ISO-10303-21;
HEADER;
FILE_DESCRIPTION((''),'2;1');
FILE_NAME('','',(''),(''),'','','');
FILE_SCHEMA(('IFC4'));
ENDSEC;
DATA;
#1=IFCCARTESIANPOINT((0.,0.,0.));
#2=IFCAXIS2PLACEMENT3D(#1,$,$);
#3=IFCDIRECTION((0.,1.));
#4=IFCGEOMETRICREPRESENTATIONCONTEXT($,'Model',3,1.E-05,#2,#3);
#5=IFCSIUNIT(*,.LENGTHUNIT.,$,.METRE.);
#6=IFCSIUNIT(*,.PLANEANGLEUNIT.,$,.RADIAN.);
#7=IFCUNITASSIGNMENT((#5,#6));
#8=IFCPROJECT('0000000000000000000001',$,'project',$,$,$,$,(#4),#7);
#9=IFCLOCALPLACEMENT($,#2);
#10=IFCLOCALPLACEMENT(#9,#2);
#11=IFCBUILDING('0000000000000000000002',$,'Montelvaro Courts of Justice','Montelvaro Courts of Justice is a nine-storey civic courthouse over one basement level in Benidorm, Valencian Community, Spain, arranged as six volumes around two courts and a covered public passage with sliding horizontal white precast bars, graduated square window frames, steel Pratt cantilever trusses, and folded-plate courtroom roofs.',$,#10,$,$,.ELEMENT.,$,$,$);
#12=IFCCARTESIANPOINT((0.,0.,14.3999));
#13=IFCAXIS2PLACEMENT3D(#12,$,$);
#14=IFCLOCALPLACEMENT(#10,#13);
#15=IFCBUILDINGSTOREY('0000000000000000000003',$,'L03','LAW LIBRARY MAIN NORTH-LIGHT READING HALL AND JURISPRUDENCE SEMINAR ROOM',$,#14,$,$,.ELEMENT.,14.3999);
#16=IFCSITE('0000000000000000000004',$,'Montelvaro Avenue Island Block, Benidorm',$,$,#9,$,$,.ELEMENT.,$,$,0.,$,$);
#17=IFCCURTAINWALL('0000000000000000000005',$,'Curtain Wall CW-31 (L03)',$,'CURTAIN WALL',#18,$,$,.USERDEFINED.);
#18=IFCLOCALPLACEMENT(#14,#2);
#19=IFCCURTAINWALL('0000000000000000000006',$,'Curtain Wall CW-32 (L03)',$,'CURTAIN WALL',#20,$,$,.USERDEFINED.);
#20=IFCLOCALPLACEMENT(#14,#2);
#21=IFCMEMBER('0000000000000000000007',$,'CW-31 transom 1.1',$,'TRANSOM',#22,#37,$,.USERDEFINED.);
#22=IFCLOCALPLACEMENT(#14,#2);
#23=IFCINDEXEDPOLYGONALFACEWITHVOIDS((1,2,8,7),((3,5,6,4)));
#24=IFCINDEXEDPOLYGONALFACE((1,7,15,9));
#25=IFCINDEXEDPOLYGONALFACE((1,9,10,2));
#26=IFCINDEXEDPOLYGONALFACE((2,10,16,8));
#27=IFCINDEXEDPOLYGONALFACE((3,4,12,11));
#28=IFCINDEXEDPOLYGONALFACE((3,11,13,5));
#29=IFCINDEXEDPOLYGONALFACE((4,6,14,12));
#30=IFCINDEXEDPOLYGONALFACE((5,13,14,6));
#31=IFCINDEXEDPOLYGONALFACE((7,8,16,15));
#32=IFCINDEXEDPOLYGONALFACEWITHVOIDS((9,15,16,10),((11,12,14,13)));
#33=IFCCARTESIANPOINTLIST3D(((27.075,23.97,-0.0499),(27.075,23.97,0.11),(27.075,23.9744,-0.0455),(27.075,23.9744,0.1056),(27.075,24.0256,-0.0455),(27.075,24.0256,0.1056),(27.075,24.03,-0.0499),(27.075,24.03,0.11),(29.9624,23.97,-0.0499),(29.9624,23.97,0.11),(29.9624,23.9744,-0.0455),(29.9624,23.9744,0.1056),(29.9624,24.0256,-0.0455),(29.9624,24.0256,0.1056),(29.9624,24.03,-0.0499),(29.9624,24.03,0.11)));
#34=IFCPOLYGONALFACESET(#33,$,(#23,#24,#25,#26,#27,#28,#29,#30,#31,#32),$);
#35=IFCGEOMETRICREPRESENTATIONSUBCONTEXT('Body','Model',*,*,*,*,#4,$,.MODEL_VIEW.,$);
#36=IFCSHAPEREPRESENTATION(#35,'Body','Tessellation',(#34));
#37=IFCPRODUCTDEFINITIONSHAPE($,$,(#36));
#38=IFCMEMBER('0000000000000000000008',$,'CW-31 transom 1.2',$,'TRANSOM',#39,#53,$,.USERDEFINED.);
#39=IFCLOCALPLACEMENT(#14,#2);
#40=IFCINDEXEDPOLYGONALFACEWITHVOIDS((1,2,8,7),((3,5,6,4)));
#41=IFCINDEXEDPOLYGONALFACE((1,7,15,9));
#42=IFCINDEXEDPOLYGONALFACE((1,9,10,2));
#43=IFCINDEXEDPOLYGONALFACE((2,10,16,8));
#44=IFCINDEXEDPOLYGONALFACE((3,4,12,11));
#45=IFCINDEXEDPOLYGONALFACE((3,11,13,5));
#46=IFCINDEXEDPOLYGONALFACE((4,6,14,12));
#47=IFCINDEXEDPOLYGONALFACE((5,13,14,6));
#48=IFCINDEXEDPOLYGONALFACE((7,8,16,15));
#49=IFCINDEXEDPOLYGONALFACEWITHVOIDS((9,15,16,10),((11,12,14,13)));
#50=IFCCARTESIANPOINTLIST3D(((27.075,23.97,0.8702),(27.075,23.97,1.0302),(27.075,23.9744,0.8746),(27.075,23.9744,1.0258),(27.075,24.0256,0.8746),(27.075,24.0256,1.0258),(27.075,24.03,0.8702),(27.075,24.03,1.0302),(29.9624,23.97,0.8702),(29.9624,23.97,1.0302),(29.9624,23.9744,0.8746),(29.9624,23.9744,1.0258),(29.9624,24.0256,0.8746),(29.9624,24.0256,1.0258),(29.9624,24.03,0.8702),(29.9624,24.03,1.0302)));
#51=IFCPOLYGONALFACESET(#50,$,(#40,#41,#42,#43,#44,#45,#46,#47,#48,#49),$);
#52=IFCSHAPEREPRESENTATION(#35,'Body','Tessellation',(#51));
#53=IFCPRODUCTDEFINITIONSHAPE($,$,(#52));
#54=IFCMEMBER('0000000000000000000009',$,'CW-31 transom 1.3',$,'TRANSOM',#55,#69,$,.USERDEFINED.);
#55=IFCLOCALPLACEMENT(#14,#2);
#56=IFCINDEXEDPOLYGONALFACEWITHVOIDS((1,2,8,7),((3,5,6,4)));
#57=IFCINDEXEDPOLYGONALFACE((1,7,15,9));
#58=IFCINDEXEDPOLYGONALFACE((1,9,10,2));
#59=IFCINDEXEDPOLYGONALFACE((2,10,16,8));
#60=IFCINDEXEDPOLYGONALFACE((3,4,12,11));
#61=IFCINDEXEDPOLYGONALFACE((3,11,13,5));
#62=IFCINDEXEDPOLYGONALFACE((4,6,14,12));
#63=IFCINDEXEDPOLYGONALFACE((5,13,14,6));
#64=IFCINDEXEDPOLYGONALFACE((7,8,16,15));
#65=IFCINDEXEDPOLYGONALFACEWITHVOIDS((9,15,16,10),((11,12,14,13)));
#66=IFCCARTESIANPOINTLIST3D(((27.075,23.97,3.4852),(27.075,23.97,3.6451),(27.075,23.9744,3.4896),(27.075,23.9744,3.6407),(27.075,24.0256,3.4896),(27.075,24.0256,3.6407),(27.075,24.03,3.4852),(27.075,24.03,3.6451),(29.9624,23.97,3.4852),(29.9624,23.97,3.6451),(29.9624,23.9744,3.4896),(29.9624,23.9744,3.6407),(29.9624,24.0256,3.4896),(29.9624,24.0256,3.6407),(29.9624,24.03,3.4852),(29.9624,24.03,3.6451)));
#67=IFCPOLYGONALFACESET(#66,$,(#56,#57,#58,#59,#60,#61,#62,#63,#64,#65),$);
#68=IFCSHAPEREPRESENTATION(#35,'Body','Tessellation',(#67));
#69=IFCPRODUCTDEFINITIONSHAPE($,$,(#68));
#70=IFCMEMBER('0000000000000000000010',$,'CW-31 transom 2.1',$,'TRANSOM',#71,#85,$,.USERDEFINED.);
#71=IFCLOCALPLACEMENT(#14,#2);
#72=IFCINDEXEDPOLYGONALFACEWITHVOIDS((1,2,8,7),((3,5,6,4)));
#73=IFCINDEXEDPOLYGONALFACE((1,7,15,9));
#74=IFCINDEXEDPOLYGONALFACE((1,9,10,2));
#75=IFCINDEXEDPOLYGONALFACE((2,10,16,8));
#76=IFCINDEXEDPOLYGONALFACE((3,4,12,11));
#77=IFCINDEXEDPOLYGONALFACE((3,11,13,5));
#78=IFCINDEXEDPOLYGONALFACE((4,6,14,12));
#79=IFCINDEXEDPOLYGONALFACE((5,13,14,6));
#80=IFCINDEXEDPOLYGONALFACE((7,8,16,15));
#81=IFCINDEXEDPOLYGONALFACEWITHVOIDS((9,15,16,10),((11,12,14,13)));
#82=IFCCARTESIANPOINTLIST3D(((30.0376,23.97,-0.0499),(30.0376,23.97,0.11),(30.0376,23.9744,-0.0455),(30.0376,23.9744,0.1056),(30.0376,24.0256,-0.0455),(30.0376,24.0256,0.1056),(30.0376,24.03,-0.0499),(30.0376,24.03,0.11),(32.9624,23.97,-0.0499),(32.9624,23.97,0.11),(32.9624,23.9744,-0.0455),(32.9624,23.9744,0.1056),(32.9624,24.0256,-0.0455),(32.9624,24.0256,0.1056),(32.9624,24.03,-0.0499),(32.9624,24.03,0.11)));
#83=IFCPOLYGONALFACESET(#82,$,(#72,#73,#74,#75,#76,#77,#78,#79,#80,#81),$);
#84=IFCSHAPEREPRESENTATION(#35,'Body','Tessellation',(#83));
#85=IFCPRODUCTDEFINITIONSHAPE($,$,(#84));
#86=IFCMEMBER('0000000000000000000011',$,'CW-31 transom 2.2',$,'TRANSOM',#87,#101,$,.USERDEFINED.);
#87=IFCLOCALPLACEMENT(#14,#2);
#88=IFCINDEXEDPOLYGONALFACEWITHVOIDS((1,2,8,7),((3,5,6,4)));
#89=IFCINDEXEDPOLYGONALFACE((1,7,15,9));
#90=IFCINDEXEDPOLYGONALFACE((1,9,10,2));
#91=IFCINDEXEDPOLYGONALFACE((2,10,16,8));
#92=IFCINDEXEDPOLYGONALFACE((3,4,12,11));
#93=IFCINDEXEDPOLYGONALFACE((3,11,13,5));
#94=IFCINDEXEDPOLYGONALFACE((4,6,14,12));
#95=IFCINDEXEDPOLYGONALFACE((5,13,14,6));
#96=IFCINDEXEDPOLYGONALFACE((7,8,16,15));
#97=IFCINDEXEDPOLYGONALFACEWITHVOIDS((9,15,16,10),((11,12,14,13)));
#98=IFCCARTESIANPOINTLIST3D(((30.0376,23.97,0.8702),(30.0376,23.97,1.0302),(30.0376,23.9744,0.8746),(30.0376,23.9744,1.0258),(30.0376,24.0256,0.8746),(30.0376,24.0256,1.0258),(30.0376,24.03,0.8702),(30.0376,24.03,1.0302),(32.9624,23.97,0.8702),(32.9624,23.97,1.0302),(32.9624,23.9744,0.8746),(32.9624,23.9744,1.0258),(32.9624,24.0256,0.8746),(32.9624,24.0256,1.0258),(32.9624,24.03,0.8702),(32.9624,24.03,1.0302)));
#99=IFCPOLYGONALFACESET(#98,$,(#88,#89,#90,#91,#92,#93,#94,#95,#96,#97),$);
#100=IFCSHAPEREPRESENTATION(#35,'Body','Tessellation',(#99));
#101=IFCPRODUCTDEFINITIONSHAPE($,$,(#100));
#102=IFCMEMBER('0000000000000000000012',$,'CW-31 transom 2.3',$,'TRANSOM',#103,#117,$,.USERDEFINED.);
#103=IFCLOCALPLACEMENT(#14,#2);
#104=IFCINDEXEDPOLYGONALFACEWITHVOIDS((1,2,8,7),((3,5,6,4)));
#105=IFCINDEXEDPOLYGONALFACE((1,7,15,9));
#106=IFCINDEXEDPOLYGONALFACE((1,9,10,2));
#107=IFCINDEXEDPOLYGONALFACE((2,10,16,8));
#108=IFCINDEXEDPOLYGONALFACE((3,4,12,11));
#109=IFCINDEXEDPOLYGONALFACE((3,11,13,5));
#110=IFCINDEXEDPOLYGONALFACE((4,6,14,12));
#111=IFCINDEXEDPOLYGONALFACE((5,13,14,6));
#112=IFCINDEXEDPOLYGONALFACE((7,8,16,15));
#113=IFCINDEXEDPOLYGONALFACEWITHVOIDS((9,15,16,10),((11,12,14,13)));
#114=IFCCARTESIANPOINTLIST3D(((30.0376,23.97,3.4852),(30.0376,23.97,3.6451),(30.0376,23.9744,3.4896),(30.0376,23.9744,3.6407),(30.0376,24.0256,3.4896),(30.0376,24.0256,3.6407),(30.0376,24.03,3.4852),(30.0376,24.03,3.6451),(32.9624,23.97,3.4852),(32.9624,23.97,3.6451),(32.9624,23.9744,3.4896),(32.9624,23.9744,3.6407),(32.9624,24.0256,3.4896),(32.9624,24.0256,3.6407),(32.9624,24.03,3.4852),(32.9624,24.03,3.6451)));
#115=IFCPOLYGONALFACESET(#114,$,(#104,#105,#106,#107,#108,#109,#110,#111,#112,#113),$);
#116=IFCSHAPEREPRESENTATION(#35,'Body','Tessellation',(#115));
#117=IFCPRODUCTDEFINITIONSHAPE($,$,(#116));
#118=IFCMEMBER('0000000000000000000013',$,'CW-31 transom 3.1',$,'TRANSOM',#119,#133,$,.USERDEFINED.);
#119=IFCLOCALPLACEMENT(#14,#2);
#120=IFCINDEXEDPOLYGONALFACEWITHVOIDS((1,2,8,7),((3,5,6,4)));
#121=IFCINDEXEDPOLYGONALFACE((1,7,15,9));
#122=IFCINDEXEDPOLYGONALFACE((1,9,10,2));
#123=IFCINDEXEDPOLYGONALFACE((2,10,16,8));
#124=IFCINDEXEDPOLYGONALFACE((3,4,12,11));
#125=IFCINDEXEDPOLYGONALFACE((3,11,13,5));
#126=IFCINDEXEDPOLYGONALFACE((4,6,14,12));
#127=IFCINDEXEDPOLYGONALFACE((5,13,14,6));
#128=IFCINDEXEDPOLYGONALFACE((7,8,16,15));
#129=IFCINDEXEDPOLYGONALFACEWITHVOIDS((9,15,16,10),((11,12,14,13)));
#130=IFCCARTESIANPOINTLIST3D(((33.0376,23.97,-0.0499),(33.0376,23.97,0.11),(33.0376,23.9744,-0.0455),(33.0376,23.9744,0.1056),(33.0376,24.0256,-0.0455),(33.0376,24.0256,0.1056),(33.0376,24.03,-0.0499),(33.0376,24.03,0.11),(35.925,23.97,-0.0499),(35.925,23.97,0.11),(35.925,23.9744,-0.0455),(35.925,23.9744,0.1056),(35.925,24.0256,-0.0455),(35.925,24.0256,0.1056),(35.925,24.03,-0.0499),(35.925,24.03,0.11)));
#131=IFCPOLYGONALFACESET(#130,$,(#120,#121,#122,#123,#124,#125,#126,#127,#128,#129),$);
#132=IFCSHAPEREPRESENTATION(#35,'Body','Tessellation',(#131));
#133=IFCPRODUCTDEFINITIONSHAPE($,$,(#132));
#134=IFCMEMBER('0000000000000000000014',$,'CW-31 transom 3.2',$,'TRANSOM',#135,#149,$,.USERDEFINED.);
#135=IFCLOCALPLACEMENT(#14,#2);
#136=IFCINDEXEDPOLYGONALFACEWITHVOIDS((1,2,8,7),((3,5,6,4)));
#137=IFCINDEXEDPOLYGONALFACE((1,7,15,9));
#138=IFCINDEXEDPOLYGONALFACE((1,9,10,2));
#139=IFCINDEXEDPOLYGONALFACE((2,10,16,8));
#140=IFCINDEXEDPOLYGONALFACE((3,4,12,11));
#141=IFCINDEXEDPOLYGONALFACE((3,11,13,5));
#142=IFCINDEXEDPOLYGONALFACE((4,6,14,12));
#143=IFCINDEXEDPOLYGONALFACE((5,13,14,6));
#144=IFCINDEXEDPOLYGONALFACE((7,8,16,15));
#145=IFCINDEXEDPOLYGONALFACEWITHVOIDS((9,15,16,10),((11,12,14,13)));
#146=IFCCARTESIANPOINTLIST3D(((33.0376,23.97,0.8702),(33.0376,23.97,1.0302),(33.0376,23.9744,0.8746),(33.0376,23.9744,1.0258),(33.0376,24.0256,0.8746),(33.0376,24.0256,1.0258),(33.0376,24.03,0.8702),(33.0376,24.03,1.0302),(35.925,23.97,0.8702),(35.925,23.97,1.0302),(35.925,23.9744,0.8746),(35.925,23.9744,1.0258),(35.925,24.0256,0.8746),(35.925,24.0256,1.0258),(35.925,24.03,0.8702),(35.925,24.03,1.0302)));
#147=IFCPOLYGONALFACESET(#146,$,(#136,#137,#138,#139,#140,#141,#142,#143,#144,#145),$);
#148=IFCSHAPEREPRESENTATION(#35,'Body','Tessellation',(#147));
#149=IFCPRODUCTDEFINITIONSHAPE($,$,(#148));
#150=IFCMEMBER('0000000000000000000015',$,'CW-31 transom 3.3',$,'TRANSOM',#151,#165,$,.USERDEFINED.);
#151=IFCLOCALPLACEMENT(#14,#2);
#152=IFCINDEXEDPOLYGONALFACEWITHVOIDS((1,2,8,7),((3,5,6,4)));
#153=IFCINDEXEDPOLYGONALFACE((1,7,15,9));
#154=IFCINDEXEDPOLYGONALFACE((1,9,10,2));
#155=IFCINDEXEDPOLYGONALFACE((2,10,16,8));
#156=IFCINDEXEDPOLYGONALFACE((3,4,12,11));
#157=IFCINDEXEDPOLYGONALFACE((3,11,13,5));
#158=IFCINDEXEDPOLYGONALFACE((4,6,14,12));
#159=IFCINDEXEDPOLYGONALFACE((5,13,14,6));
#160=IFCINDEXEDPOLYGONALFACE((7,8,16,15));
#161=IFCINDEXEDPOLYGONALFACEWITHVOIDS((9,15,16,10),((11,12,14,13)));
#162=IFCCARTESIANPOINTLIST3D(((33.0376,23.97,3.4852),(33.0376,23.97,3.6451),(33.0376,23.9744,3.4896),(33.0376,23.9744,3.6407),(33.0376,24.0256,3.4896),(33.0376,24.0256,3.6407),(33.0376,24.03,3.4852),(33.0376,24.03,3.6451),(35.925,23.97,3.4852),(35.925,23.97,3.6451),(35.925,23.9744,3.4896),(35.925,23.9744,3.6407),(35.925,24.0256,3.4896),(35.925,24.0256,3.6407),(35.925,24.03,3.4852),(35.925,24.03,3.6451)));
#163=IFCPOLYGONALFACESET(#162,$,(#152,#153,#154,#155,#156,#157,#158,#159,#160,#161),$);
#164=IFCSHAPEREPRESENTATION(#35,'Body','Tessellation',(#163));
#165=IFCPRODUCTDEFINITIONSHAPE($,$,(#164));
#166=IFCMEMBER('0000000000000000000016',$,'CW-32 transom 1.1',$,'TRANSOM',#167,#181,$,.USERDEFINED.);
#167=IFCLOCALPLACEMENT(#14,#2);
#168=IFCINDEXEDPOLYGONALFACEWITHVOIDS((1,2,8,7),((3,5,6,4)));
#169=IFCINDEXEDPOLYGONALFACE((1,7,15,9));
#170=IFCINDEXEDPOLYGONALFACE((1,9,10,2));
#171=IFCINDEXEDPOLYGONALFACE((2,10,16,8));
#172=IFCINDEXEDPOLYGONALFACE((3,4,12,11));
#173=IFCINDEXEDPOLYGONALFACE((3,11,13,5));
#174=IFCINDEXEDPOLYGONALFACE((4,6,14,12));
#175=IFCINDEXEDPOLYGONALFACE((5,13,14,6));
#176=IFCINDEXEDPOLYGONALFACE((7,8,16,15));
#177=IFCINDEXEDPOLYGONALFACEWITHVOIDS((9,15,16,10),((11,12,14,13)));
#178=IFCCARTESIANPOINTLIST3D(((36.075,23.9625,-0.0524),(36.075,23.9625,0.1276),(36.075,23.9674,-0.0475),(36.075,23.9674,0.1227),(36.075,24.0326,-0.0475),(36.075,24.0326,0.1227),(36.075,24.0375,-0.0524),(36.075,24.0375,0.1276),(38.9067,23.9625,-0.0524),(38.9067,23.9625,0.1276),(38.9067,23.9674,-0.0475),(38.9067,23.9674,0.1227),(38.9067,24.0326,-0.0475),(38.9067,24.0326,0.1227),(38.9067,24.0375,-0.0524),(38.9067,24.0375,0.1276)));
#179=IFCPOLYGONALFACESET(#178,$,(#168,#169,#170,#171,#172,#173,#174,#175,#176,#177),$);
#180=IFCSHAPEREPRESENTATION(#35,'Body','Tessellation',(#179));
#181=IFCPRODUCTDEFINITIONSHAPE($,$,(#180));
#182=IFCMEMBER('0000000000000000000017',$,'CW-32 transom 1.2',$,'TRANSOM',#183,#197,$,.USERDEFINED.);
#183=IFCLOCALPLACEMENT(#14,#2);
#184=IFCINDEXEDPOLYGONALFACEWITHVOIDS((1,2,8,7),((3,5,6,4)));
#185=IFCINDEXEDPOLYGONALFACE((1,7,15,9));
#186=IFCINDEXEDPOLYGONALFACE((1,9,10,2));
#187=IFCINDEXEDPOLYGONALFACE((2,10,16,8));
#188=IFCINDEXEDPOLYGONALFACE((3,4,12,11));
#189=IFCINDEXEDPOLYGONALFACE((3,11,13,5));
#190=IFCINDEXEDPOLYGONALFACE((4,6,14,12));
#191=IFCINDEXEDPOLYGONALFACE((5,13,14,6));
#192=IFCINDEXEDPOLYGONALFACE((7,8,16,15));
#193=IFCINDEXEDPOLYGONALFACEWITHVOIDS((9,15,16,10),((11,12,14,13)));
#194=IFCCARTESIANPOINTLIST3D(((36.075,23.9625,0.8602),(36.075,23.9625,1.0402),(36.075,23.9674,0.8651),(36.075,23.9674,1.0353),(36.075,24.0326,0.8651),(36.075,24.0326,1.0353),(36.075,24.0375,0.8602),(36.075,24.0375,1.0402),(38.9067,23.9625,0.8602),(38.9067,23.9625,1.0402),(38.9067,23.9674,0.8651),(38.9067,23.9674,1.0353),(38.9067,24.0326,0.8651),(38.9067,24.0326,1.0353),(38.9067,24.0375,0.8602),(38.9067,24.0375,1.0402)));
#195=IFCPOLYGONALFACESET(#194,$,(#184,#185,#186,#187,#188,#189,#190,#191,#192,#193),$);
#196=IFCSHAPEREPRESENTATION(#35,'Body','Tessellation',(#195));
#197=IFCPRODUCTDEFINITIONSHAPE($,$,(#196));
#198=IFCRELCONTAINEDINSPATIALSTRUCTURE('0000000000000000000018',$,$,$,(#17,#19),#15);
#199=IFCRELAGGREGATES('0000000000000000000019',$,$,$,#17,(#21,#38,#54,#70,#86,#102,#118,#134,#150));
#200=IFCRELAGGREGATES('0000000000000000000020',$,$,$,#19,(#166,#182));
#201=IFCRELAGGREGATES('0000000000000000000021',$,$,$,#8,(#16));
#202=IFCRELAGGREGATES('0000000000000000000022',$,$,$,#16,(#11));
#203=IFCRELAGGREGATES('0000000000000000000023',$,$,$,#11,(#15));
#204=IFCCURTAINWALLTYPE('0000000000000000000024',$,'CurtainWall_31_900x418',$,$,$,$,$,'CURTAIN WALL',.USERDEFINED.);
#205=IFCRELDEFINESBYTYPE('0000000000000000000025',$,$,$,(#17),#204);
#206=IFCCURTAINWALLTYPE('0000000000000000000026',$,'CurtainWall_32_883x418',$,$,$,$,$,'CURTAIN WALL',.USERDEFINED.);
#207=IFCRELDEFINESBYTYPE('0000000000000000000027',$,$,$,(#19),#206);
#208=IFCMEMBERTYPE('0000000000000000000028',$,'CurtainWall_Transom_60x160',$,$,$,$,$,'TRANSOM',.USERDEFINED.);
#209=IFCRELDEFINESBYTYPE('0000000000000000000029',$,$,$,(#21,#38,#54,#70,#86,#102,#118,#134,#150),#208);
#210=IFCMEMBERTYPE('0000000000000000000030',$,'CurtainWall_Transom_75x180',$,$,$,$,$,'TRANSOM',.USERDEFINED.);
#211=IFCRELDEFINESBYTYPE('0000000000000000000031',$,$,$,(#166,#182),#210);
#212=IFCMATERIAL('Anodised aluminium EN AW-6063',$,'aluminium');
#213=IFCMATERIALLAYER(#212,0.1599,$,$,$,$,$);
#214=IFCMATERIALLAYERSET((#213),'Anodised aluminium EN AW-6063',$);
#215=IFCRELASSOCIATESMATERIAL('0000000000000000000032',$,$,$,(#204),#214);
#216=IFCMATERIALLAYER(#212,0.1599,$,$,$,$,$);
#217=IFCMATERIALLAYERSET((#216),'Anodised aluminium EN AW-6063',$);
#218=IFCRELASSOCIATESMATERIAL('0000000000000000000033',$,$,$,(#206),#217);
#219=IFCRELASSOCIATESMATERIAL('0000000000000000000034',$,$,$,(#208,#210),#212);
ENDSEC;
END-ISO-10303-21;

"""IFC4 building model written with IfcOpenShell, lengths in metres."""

from ifc_helpers import new_model, si_unit, direction, frame, origin, origin_2d, place, context, subcontext, project, spatial, hollow_rectangle, extrude, material, layer, layer_set, material_profile, profile_set, type_object, element, aggregate, save


model = new_model("IFC4")

# Units and contexts
model_context = context("Model", 3, precision=1e-05, world=origin(), true_north=direction((0.0, 1.0)))
body_context = subcontext(model_context, "Body", "Model", "MODEL_VIEW")
ifc_project = project(units=[si_unit("LENGTHUNIT", "METRE"), si_unit("PLANEANGLEUNIT", "RADIAN")], contexts=[model_context])

# Site, building, storey
site_placement = place(None, origin())
site = spatial("IfcSite", under=ifc_project, at=site_placement, Name="Montelvaro Avenue Island Block, Benidorm", CompositionType="ELEMENT", RefElevation=0.0)
building_placement = place(site_placement, origin())
building = spatial("IfcBuilding", under=site, at=building_placement, Name="Montelvaro Courts of Justice", Description="Montelvaro Courts of Justice is a nine-storey civic courthouse over one basement level in Benidorm, Valencian Community, Spain, arranged as six volumes around two courts and a covered public passage with sliding horizontal white precast bars, graduated square window frames, steel Pratt cantilever trusses, and folded-plate courtroom roofs.", CompositionType="ELEMENT")
storey_placement = place(building_placement, frame((0.0, 0.0, 14.3999)))
storey = spatial("IfcBuildingStorey", under=building, at=storey_placement, Name="L03", Description="LAW LIBRARY MAIN NORTH-LIGHT READING HALL AND JURISPRUDENCE SEMINAR ROOM", CompositionType="ELEMENT", Elevation=14.3999)

# Shared definitions
ifc_material_1 = material(Name="Anodised aluminium EN AW-6063", Category="aluminium")

# Curtain walls
ifc_layer_1 = layer(ifc_material_1, 0.1599)
ifc_layer_set_1 = layer_set([ifc_layer_1], Name="Anodised aluminium EN AW-6063")
curtain_wall_type_1 = type_object("IfcCurtainWallType", Name="CurtainWall_31_900x418", ElementType="CURTAIN WALL", PredefinedType="USERDEFINED", material=ifc_layer_set_1)
curtain_wall_1_placement = place(storey_placement, origin())
curtain_wall_1 = element("IfcCurtainWall", 1, at=curtain_wall_1_placement, inside=storey, type_object=curtain_wall_type_1, Name="Curtain Wall CW-31 (L03)", ObjectType="CURTAIN WALL", PredefinedType="USERDEFINED")
ifc_layer_2 = layer(ifc_material_1, 0.1599)
ifc_layer_set_2 = layer_set([ifc_layer_2], Name="Anodised aluminium EN AW-6063")
curtain_wall_type_2 = type_object("IfcCurtainWallType", Name="CurtainWall_32_883x418", ElementType="CURTAIN WALL", PredefinedType="USERDEFINED", material=ifc_layer_set_2)
curtain_wall_2_placement = place(storey_placement, origin())
curtain_wall_2 = element("IfcCurtainWall", 2, at=curtain_wall_2_placement, inside=storey, type_object=curtain_wall_type_2, Name="Curtain Wall CW-32 (L03)", ObjectType="CURTAIN WALL", PredefinedType="USERDEFINED")

# Members
ifc_material_profile_1 = material_profile(ifc_material_1, hollow_rectangle(XDim=0.0601, YDim=0.1599, WallThickness=0.0044, at=origin_2d()), Name="ALU-T 60x160")
ifc_profile_set_1 = profile_set([ifc_material_profile_1], Name="Anodised aluminium EN AW-6063")
member_type_1 = type_object("IfcMemberType", Name="CurtainWall_Transom_60x160", ElementType="TRANSOM", PredefinedType="USERDEFINED", material=ifc_profile_set_1)
member_1_placement = place(storey_placement, frame((27.075, 24.0, 0.03), z_axis=(1.0, 0.0, 0.0), x_axis=(0.0, 1.0, 0.0)))
member_1 = element("IfcMember", 3, at=member_1_placement, type_object=member_type_1, Name="CW-31 transom 1.1", ObjectType="TRANSOM", PredefinedType="USERDEFINED", context=body_context, shape_type="SweptSolid", body=[
    extrude(hollow_rectangle(XDim=0.0601, YDim=0.1599, WallThickness=0.0044, at=origin_2d()), origin(), (0.0, 0.0, 1.0), 2.8875),
])
member_2_placement = place(storey_placement, frame((27.075, 24.0, 0.9502), z_axis=(1.0, 0.0, 0.0), x_axis=(0.0, 1.0, 0.0)))
member_2 = element("IfcMember", 4, at=member_2_placement, type_object=member_type_1, Name="CW-31 transom 1.2", ObjectType="TRANSOM", PredefinedType="USERDEFINED", context=body_context, shape_type="SweptSolid", body=[
    extrude(hollow_rectangle(XDim=0.0601, YDim=0.1599, WallThickness=0.0044, at=origin_2d()), origin(), (0.0, 0.0, 1.0), 2.8875),
])
member_3_placement = place(storey_placement, frame((27.075, 24.0, 3.5652), z_axis=(1.0, 0.0, 0.0), x_axis=(0.0, 1.0, 0.0)))
member_3 = element("IfcMember", 5, at=member_3_placement, type_object=member_type_1, Name="CW-31 transom 1.3", ObjectType="TRANSOM", PredefinedType="USERDEFINED", context=body_context, shape_type="SweptSolid", body=[
    extrude(hollow_rectangle(XDim=0.0601, YDim=0.1599, WallThickness=0.0044, at=origin_2d()), origin(), (0.0, 0.0, 1.0), 2.8875),
])
member_4_placement = place(storey_placement, frame((30.0376, 24.0, 0.03), z_axis=(1.0, 0.0, 0.0), x_axis=(0.0, 1.0, 0.0)))
member_4 = element("IfcMember", 6, at=member_4_placement, type_object=member_type_1, Name="CW-31 transom 2.1", ObjectType="TRANSOM", PredefinedType="USERDEFINED", context=body_context, shape_type="SweptSolid", body=[
    extrude(hollow_rectangle(XDim=0.0601, YDim=0.1599, WallThickness=0.0044, at=origin_2d()), origin(), (0.0, 0.0, 1.0), 2.9248),
])
member_5_placement = place(storey_placement, frame((30.0376, 24.0, 0.9502), z_axis=(1.0, 0.0, 0.0), x_axis=(0.0, 1.0, 0.0)))
member_5 = element("IfcMember", 7, at=member_5_placement, type_object=member_type_1, Name="CW-31 transom 2.2", ObjectType="TRANSOM", PredefinedType="USERDEFINED", context=body_context, shape_type="SweptSolid", body=[
    extrude(hollow_rectangle(XDim=0.0601, YDim=0.1599, WallThickness=0.0044, at=origin_2d()), origin(), (0.0, 0.0, 1.0), 2.9248),
])
member_6_placement = place(storey_placement, frame((30.0376, 24.0, 3.5652), z_axis=(1.0, 0.0, 0.0), x_axis=(0.0, 1.0, 0.0)))
member_6 = element("IfcMember", 8, at=member_6_placement, type_object=member_type_1, Name="CW-31 transom 2.3", ObjectType="TRANSOM", PredefinedType="USERDEFINED", context=body_context, shape_type="SweptSolid", body=[
    extrude(hollow_rectangle(XDim=0.0601, YDim=0.1599, WallThickness=0.0044, at=origin_2d()), origin(), (0.0, 0.0, 1.0), 2.9248),
])
member_7_placement = place(storey_placement, frame((33.0376, 24.0, 0.03), z_axis=(1.0, 0.0, 0.0), x_axis=(0.0, 1.0, 0.0)))
member_7 = element("IfcMember", 9, at=member_7_placement, type_object=member_type_1, Name="CW-31 transom 3.1", ObjectType="TRANSOM", PredefinedType="USERDEFINED", context=body_context, shape_type="SweptSolid", body=[
    extrude(hollow_rectangle(XDim=0.0601, YDim=0.1599, WallThickness=0.0044, at=origin_2d()), origin(), (0.0, 0.0, 1.0), 2.8875),
])
member_8_placement = place(storey_placement, frame((33.0376, 24.0, 0.9502), z_axis=(1.0, 0.0, 0.0), x_axis=(0.0, 1.0, 0.0)))
member_8 = element("IfcMember", 10, at=member_8_placement, type_object=member_type_1, Name="CW-31 transom 3.2", ObjectType="TRANSOM", PredefinedType="USERDEFINED", context=body_context, shape_type="SweptSolid", body=[
    extrude(hollow_rectangle(XDim=0.0601, YDim=0.1599, WallThickness=0.0044, at=origin_2d()), origin(), (0.0, 0.0, 1.0), 2.8875),
])
member_9_placement = place(storey_placement, frame((33.0376, 24.0, 3.5652), z_axis=(1.0, 0.0, 0.0), x_axis=(0.0, 1.0, 0.0)))
member_9 = element("IfcMember", 11, at=member_9_placement, type_object=member_type_1, Name="CW-31 transom 3.3", ObjectType="TRANSOM", PredefinedType="USERDEFINED", context=body_context, shape_type="SweptSolid", body=[
    extrude(hollow_rectangle(XDim=0.0601, YDim=0.1599, WallThickness=0.0044, at=origin_2d()), origin(), (0.0, 0.0, 1.0), 2.8875),
])
ifc_material_profile_2 = material_profile(ifc_material_1, hollow_rectangle(XDim=0.075, YDim=0.1799, WallThickness=0.0049, at=origin_2d()), Name="ALU-T 75x180")
ifc_profile_set_2 = profile_set([ifc_material_profile_2], Name="Anodised aluminium EN AW-6063")
member_type_2 = type_object("IfcMemberType", Name="CurtainWall_Transom_75x180", ElementType="TRANSOM", PredefinedType="USERDEFINED", material=ifc_profile_set_2)
member_10_placement = place(storey_placement, frame((36.075, 24.0, 0.0376), z_axis=(1.0, 0.0, 0.0), x_axis=(0.0, 1.0, 0.0)))
member_10 = element("IfcMember", 12, at=member_10_placement, type_object=member_type_2, Name="CW-32 transom 1.1", ObjectType="TRANSOM", PredefinedType="USERDEFINED", context=body_context, shape_type="SweptSolid", body=[
    extrude(hollow_rectangle(XDim=0.075, YDim=0.1799, WallThickness=0.0049, at=origin_2d()), origin(), (0.0, 0.0, 1.0), 2.8318),
])
member_11_placement = place(storey_placement, frame((36.075, 24.0, 0.9502), z_axis=(1.0, 0.0, 0.0), x_axis=(0.0, 1.0, 0.0)))
member_11 = element("IfcMember", 13, at=member_11_placement, type_object=member_type_2, Name="CW-32 transom 1.2", ObjectType="TRANSOM", PredefinedType="USERDEFINED", context=body_context, shape_type="SweptSolid", body=[
    extrude(hollow_rectangle(XDim=0.075, YDim=0.1799, WallThickness=0.0049, at=origin_2d()), origin(), (0.0, 0.0, 1.0), 2.8318),
])

aggregate(curtain_wall_1, [member_1, member_2, member_3, member_4, member_5, member_6, member_7, member_8, member_9])
aggregate(curtain_wall_2, [member_10, member_11])

save(model, "model.ifc")
